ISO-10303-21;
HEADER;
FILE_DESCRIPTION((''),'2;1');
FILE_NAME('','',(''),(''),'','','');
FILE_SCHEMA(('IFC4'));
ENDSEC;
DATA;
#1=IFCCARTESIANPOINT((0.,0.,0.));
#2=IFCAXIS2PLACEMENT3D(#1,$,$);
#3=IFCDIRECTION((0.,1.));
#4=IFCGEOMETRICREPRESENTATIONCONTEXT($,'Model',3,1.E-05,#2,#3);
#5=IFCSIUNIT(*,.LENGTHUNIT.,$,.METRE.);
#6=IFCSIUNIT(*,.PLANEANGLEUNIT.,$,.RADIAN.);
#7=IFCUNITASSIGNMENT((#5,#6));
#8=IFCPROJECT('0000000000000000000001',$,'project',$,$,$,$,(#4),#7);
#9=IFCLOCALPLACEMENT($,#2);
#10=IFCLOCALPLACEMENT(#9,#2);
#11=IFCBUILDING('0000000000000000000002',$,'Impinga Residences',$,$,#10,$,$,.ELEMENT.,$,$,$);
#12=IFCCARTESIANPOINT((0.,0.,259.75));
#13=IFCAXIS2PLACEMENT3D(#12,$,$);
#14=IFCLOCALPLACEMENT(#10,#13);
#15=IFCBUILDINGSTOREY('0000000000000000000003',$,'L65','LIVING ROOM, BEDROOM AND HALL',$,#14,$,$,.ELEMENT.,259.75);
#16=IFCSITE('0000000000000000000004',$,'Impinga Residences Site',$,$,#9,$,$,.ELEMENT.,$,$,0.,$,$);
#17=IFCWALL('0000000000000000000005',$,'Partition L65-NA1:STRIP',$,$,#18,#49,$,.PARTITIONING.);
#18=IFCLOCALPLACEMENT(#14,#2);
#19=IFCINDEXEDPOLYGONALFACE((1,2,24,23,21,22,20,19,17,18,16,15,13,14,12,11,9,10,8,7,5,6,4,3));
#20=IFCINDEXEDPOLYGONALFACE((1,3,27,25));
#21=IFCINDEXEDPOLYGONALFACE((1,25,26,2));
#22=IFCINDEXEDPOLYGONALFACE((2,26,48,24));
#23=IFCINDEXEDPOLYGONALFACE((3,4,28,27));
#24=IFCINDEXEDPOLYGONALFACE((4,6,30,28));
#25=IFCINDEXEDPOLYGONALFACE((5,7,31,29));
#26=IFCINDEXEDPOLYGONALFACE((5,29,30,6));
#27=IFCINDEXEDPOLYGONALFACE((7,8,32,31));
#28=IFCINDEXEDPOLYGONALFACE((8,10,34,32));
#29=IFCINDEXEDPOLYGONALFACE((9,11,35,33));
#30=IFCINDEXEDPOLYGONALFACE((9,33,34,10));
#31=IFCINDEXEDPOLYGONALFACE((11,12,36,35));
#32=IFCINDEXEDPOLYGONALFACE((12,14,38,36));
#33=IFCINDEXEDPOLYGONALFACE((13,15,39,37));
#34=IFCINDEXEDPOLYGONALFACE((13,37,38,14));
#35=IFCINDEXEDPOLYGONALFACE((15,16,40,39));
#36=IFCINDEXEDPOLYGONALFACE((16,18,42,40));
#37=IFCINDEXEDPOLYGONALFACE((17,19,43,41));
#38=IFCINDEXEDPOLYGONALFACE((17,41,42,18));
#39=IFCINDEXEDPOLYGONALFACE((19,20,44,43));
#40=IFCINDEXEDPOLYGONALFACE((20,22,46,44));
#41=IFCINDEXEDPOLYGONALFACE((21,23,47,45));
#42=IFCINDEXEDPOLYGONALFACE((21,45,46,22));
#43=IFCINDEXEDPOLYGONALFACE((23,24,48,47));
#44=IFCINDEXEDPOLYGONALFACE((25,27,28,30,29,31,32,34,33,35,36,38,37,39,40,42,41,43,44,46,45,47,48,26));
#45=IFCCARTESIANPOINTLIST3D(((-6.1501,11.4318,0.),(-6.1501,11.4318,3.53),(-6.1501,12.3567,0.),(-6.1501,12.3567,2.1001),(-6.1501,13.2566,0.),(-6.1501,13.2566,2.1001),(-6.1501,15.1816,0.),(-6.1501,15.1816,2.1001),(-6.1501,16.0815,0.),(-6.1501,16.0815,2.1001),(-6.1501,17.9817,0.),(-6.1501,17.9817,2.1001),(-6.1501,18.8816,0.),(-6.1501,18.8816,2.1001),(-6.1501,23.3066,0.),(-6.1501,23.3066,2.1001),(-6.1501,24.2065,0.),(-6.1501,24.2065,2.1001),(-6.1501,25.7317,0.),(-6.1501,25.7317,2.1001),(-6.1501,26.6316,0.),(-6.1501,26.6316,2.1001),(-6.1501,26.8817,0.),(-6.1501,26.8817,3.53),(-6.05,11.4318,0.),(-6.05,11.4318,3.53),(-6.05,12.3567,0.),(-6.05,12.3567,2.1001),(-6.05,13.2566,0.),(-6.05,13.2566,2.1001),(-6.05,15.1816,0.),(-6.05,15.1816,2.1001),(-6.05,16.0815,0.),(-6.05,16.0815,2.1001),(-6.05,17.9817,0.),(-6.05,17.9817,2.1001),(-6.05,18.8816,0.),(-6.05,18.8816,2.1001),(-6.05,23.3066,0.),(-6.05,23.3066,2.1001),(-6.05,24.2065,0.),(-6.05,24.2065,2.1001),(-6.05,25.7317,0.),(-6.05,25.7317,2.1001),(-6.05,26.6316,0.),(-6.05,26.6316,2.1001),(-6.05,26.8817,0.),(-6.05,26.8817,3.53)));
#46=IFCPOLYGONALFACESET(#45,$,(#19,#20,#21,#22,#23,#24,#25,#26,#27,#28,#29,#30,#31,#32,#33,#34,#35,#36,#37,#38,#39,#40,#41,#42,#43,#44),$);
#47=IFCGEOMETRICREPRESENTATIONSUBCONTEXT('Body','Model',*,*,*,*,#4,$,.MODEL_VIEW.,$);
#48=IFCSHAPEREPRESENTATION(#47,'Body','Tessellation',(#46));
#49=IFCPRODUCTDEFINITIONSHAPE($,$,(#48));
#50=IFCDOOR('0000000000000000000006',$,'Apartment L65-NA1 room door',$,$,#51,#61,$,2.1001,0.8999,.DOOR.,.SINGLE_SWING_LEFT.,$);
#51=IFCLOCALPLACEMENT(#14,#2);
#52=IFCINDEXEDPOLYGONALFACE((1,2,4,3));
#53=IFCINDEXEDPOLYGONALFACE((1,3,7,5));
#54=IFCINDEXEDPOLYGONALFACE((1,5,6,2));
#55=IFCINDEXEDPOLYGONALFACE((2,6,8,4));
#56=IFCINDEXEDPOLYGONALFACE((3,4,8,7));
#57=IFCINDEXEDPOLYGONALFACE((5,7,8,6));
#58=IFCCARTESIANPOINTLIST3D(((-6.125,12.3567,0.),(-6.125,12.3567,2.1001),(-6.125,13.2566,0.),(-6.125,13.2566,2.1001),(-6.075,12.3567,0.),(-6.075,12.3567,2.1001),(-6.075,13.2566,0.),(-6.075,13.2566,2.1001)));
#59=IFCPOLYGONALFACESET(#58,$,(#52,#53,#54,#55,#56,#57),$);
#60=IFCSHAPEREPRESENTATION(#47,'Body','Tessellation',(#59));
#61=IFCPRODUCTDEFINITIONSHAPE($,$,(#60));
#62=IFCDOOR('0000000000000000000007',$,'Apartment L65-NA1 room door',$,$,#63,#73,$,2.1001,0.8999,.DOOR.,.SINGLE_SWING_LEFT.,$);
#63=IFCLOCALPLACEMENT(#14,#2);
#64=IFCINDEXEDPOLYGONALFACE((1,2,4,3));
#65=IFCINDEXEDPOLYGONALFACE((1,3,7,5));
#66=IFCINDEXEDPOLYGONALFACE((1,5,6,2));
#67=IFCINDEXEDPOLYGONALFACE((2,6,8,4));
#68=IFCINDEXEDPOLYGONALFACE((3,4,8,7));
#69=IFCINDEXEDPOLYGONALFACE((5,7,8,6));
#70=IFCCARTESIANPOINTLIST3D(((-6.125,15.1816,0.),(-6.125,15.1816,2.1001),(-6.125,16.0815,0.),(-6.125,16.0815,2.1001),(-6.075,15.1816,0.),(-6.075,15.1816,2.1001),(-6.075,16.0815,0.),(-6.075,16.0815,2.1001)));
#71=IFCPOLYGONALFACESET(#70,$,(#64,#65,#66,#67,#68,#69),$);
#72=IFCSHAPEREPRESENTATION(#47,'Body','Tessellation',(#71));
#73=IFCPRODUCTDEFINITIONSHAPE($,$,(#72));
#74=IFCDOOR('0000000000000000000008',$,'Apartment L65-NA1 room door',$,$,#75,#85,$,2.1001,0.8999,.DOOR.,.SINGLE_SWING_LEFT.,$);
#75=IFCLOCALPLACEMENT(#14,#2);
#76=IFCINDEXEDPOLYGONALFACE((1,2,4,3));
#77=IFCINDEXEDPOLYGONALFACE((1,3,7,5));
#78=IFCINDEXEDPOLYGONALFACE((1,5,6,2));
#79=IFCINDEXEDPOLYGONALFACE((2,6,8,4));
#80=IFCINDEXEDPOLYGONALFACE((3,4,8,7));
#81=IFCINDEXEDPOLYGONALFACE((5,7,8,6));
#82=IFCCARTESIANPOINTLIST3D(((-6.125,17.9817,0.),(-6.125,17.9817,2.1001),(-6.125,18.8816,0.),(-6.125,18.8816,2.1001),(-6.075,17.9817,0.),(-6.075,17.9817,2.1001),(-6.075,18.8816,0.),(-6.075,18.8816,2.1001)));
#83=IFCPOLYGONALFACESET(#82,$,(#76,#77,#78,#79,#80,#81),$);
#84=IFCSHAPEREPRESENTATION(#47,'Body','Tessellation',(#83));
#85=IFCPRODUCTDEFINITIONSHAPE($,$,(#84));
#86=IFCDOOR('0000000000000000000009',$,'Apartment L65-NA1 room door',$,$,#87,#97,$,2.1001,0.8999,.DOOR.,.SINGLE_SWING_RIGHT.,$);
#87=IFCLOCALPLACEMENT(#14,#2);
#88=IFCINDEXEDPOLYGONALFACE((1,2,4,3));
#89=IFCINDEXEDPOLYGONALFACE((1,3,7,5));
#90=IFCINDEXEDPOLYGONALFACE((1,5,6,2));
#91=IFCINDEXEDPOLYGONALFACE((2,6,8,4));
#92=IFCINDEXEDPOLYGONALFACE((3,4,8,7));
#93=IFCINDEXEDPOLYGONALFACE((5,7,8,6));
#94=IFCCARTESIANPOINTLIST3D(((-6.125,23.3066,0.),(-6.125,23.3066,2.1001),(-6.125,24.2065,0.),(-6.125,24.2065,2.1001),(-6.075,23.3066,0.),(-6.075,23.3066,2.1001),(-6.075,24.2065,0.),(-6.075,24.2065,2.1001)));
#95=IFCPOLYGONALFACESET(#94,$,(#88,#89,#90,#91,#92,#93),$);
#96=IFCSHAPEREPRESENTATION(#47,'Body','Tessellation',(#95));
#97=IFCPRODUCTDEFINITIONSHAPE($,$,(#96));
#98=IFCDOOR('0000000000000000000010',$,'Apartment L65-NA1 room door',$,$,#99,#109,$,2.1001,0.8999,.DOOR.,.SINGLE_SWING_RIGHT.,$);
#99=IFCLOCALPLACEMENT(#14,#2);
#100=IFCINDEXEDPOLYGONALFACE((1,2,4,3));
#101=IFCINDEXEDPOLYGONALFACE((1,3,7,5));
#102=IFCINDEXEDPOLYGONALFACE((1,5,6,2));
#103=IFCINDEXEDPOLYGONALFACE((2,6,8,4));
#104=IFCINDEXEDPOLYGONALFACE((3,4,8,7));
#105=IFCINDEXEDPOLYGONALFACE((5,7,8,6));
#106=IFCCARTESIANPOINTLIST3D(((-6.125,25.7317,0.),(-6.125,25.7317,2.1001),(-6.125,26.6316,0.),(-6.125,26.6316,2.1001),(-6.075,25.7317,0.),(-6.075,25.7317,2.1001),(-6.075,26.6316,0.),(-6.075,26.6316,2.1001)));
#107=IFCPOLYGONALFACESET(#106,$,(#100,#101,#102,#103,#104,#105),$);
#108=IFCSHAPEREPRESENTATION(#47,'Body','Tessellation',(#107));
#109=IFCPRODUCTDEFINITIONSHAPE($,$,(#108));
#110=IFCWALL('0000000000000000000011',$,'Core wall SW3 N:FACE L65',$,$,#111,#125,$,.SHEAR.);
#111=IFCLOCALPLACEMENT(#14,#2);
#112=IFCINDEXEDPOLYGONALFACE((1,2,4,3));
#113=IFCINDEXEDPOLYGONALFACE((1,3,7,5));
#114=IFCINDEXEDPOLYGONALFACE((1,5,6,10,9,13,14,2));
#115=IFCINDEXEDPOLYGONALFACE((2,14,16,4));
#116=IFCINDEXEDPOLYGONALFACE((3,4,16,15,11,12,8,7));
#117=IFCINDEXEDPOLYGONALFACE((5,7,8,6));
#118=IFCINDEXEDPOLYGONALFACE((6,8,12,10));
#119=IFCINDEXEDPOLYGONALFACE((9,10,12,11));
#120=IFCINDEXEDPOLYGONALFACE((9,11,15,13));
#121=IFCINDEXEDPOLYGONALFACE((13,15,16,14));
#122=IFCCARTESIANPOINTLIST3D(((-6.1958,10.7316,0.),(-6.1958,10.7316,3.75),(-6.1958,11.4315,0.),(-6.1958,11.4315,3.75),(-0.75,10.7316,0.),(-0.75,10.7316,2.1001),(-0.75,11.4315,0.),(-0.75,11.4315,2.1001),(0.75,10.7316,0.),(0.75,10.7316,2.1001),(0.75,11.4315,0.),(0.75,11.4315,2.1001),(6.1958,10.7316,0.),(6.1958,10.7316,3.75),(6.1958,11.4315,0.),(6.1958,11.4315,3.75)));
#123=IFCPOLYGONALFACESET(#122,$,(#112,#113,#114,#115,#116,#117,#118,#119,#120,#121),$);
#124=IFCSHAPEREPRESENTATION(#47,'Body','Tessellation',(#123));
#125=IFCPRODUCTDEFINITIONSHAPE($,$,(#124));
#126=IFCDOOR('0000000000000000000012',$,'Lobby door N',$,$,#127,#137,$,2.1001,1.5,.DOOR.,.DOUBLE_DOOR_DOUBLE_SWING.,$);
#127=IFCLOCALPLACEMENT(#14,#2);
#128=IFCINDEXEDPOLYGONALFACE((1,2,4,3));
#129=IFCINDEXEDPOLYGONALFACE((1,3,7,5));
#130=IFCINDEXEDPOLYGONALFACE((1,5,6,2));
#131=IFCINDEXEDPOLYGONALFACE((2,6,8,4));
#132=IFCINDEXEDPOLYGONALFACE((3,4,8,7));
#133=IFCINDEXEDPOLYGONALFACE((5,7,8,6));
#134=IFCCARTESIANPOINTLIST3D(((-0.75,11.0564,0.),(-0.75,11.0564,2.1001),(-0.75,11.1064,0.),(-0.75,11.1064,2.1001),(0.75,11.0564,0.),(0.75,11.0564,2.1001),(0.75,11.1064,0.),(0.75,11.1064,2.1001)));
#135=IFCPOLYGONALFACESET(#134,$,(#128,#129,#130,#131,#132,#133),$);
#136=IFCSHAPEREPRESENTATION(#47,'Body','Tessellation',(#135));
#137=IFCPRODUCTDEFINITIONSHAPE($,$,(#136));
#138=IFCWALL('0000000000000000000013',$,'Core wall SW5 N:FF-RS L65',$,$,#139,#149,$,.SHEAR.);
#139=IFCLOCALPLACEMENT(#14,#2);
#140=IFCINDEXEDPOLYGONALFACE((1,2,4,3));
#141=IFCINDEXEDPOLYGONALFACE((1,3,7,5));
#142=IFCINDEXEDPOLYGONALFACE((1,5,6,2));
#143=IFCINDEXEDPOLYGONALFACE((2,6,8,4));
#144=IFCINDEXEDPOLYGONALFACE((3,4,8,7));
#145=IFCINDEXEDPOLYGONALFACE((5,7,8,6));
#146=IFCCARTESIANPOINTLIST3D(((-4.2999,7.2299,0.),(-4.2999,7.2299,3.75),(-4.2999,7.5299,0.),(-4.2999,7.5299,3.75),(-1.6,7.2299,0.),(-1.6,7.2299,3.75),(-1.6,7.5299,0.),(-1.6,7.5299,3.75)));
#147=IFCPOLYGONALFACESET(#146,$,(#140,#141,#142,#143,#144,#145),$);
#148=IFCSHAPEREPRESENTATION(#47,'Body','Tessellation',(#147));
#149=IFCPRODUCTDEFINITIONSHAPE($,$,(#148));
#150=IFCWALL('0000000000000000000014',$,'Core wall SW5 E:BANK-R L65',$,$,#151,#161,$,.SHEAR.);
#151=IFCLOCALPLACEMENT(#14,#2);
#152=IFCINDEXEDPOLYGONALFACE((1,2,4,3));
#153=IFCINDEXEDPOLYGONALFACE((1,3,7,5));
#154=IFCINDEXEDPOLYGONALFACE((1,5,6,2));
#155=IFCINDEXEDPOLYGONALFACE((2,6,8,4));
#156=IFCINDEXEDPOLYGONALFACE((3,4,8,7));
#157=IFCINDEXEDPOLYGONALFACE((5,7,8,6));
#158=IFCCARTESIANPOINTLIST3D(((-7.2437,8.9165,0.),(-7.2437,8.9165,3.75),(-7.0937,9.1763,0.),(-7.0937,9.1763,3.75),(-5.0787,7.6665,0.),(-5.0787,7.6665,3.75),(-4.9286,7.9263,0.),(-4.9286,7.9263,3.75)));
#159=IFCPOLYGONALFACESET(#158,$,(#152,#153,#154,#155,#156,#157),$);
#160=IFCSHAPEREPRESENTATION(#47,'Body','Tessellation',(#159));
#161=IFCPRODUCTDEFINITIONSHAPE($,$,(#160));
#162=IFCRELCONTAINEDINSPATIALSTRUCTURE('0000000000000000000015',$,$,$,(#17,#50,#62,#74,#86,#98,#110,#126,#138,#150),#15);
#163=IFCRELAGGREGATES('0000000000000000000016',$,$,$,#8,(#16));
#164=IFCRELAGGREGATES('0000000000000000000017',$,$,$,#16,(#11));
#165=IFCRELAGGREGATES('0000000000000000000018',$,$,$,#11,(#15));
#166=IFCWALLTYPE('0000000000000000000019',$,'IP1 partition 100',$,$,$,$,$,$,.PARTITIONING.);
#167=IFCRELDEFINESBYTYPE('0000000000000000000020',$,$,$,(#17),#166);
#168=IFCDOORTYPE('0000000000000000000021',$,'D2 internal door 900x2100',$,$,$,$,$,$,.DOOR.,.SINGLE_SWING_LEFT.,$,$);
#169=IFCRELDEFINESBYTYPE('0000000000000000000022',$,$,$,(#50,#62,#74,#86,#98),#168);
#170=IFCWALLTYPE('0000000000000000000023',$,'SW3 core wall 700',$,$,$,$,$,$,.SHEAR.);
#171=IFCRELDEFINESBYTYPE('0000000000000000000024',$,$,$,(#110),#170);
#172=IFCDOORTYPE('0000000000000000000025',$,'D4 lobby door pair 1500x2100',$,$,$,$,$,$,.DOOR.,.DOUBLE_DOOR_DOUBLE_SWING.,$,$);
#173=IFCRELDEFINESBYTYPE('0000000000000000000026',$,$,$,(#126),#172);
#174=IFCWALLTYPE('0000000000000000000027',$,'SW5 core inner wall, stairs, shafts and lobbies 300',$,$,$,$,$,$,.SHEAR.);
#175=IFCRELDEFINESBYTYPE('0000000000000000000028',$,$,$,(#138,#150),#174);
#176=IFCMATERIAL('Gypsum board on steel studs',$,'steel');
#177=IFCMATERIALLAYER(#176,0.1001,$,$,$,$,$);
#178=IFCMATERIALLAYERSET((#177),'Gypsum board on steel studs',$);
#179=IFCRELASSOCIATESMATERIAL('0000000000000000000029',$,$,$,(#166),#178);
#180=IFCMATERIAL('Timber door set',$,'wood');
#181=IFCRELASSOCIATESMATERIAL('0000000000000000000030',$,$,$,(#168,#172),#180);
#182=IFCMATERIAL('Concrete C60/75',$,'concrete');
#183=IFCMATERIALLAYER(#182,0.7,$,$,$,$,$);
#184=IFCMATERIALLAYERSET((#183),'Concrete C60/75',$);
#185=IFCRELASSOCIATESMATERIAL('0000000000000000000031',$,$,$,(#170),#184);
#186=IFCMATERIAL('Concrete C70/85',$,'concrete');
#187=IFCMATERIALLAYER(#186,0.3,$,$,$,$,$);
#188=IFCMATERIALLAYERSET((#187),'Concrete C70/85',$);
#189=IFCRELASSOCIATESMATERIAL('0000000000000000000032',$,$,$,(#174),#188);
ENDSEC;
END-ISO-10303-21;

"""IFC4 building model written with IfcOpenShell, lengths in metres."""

from ifc_helpers import new_model, si_unit, direction, frame, frame_2d, origin, place, context, subcontext, project, spatial, rectangle, extrude, material, layer, layer_set, type_object, element, fill, save


model = new_model("IFC4")

# Units and contexts
model_context = context("Model", 3, precision=1e-05, world=origin(), true_north=direction((0.0, 1.0)))
body_context = subcontext(model_context, "Body", "Model", "MODEL_VIEW")
ifc_project = project(units=[si_unit("LENGTHUNIT", "METRE"), si_unit("PLANEANGLEUNIT", "RADIAN")], contexts=[model_context])

# Site, building, storey
site_placement = place(None, origin())
site = spatial("IfcSite", under=ifc_project, at=site_placement, Name="Impinga Residences Site", CompositionType="ELEMENT", RefElevation=0.0)
building_placement = place(site_placement, origin())
building = spatial("IfcBuilding", under=site, at=building_placement, Name="Impinga Residences", CompositionType="ELEMENT")
storey_placement = place(building_placement, frame((0.0, 0.0, 259.75)))
storey = spatial("IfcBuildingStorey", under=building, at=storey_placement, Name="L65", Description="LIVING ROOM, BEDROOM AND HALL", CompositionType="ELEMENT", Elevation=259.75)

# Shared definitions
ifc_material_1 = material(Name="Concrete C60/75", Category="concrete")

# Shared definitions
ifc_material_2 = material(Name="Timber door set", Category="wood")

# Wall, openings, doors
ifc_material_3 = material(Name="Gypsum board on steel studs", Category="steel")
ifc_layer_1 = layer(ifc_material_3, 0.1001)
ifc_layer_set_1 = layer_set([ifc_layer_1], Name="Gypsum board on steel studs")
wall_type_1 = type_object("IfcWallType", Name="IP1 partition 100", PredefinedType="PARTITIONING", material=ifc_layer_set_1)
wall_1_placement = place(storey_placement, frame((-6.1001, 11.4316, 0.0), z_axis=(0.0, 0.0, 1.0), x_axis=(0.0, 1.0, 0.0)))
wall_1 = element("IfcWall", 1, at=wall_1_placement, inside=storey, type_object=wall_type_1, Name="Partition L65-NA1:STRIP", PredefinedType="PARTITIONING", context=body_context, shape_type="SweptSolid", body=[
    extrude(rectangle(XDim=15.45, YDim=0.1001, at=frame_2d((7.7251, 0.0))), origin(), (0.0, 0.0, 1.0), 3.53),
])
opening_1_placement = place(wall_1_placement, frame((0.925, 0.0, 0.0)))
opening_1 = element("IfcOpeningElement", 2, at=opening_1_placement, cuts=wall_1, PredefinedType="OPENING", context=body_context, shape_type="SweptSolid", body=[
    extrude(rectangle(XDim=0.8999, YDim=2.1001, at=frame_2d((0.45, 1.05))), frame((0.0, 0.0601, 0.0), z_axis=(0.0, -1.0, 0.0), x_axis=(1.0, 0.0, 0.0)), (0.0, 0.0, 1.0), 0.1201),
])
opening_2_placement = place(wall_1_placement, frame((3.75, 0.0, 0.0)))
opening_2 = element("IfcOpeningElement", 3, at=opening_2_placement, cuts=wall_1, PredefinedType="OPENING", context=body_context, shape_type="SweptSolid", body=[
    extrude(rectangle(XDim=0.8999, YDim=2.1001, at=frame_2d((0.45, 1.05))), frame((0.0, 0.0601, 0.0), z_axis=(0.0, -1.0, 0.0), x_axis=(1.0, 0.0, 0.0)), (0.0, 0.0, 1.0), 0.1201),
])
opening_3_placement = place(wall_1_placement, frame((6.55, 0.0, 0.0)))
opening_3 = element("IfcOpeningElement", 4, at=opening_3_placement, cuts=wall_1, PredefinedType="OPENING", context=body_context, shape_type="SweptSolid", body=[
    extrude(rectangle(XDim=0.8999, YDim=2.1001, at=frame_2d((0.45, 1.05))), frame((0.0, 0.0601, 0.0), z_axis=(0.0, -1.0, 0.0), x_axis=(1.0, 0.0, 0.0)), (0.0, 0.0, 1.0), 0.1201),
])
opening_4_placement = place(wall_1_placement, frame((11.875, 0.0, 0.0)))
opening_4 = element("IfcOpeningElement", 5, at=opening_4_placement, cuts=wall_1, PredefinedType="OPENING", context=body_context, shape_type="SweptSolid", body=[
    extrude(rectangle(XDim=0.8999, YDim=2.1001, at=frame_2d((0.45, 1.05))), frame((0.0, 0.0601, 0.0), z_axis=(0.0, -1.0, 0.0), x_axis=(1.0, 0.0, 0.0)), (0.0, 0.0, 1.0), 0.1201),
])
opening_5_placement = place(wall_1_placement, frame((14.3, 0.0, 0.0)))
opening_5 = element("IfcOpeningElement", 6, at=opening_5_placement, cuts=wall_1, PredefinedType="OPENING", context=body_context, shape_type="SweptSolid", body=[
    extrude(rectangle(XDim=0.8999, YDim=2.1001, at=frame_2d((0.45, 1.05))), frame((0.0, 0.0601, 0.0), z_axis=(0.0, -1.0, 0.0), x_axis=(1.0, 0.0, 0.0)), (0.0, 0.0, 1.0), 0.1201),
])
door_type_1 = type_object("IfcDoorType", Name="D2 internal door 900x2100", OperationType="SINGLE_SWING_LEFT", PredefinedType="DOOR", material=ifc_material_2)
door_1_placement = place(opening_1_placement, origin())
door_1 = element("IfcDoor", 7, at=door_1_placement, inside=storey, type_object=door_type_1, Name="Apartment L65-NA1 room door", OperationType="SINGLE_SWING_LEFT", OverallHeight=2.1001, OverallWidth=0.8999, PredefinedType="DOOR", context=body_context, shape_type="SweptSolid", body=[
    extrude(rectangle(XDim=0.8999, YDim=2.1001, at=frame_2d((0.45, 1.05))), frame((0.0, 0.0249, 0.0), z_axis=(0.0, -1.0, 0.0), x_axis=(1.0, 0.0, 0.0)), (0.0, 0.0, 1.0), 0.05),
])
fill(opening_1, door_1)
door_2_placement = place(opening_2_placement, origin())
door_2 = element("IfcDoor", 8, at=door_2_placement, inside=storey, type_object=door_type_1, Name="Apartment L65-NA1 room door", OperationType="SINGLE_SWING_LEFT", OverallHeight=2.1001, OverallWidth=0.8999, PredefinedType="DOOR", context=body_context, shape_type="SweptSolid", body=[
    extrude(rectangle(XDim=0.8999, YDim=2.1001, at=frame_2d((0.45, 1.05))), frame((0.0, 0.0249, 0.0), z_axis=(0.0, -1.0, 0.0), x_axis=(1.0, 0.0, 0.0)), (0.0, 0.0, 1.0), 0.05),
])
fill(opening_2, door_2)
door_3_placement = place(opening_3_placement, origin())
door_3 = element("IfcDoor", 9, at=door_3_placement, inside=storey, type_object=door_type_1, Name="Apartment L65-NA1 room door", OperationType="SINGLE_SWING_LEFT", OverallHeight=2.1001, OverallWidth=0.8999, PredefinedType="DOOR", context=body_context, shape_type="SweptSolid", body=[
    extrude(rectangle(XDim=0.8999, YDim=2.1001, at=frame_2d((0.45, 1.05))), frame((0.0, 0.0249, 0.0), z_axis=(0.0, -1.0, 0.0), x_axis=(1.0, 0.0, 0.0)), (0.0, 0.0, 1.0), 0.05),
])
fill(opening_3, door_3)
door_4_placement = place(opening_4_placement, origin())
door_4 = element("IfcDoor", 10, at=door_4_placement, inside=storey, type_object=door_type_1, Name="Apartment L65-NA1 room door", OperationType="SINGLE_SWING_RIGHT", OverallHeight=2.1001, OverallWidth=0.8999, PredefinedType="DOOR", context=body_context, shape_type="SweptSolid", body=[
    extrude(rectangle(XDim=0.8999, YDim=2.1001, at=frame_2d((0.45, 1.05))), frame((0.0, 0.0249, 0.0), z_axis=(0.0, -1.0, 0.0), x_axis=(1.0, 0.0, 0.0)), (0.0, 0.0, 1.0), 0.05),
])
fill(opening_4, door_4)
door_5_placement = place(opening_5_placement, origin())
door_5 = element("IfcDoor", 11, at=door_5_placement, inside=storey, type_object=door_type_1, Name="Apartment L65-NA1 room door", OperationType="SINGLE_SWING_RIGHT", OverallHeight=2.1001, OverallWidth=0.8999, PredefinedType="DOOR", context=body_context, shape_type="SweptSolid", body=[
    extrude(rectangle(XDim=0.8999, YDim=2.1001, at=frame_2d((0.45, 1.05))), frame((0.0, 0.0249, 0.0), z_axis=(0.0, -1.0, 0.0), x_axis=(1.0, 0.0, 0.0)), (0.0, 0.0, 1.0), 0.05),
])
fill(opening_5, door_5)

# Wall, opening, door
ifc_layer_2 = layer(ifc_material_1, 0.7)
ifc_layer_set_2 = layer_set([ifc_layer_2], Name="Concrete C60/75")
wall_type_2 = type_object("IfcWallType", Name="SW3 core wall 700", PredefinedType="SHEAR", material=ifc_layer_set_2)
wall_2_placement = place(storey_placement, frame((-6.1958, 11.0815, 0.0), z_axis=(0.0, 0.0, 1.0), x_axis=(1.0, 0.0, 0.0)))
wall_2 = element("IfcWall", 12, at=wall_2_placement, inside=storey, type_object=wall_type_2, Name="Core wall SW3 N:FACE L65", PredefinedType="SHEAR", context=body_context, shape_type="SweptSolid", body=[
    extrude(rectangle(XDim=12.3916, YDim=0.7, at=frame_2d((6.1958, 0.0))), origin(), (0.0, 0.0, 1.0), 3.75),
])
opening_6_placement = place(wall_2_placement, frame((5.4458, 0.0, 0.0)))
opening_6 = element("IfcOpeningElement", 13, at=opening_6_placement, cuts=wall_2, PredefinedType="OPENING", context=body_context, shape_type="SweptSolid", body=[
    extrude(rectangle(XDim=1.5, YDim=2.1001, at=frame_2d((0.75, 1.05))), frame((0.0, 0.3599, 0.0), z_axis=(0.0, -1.0, 0.0), x_axis=(1.0, 0.0, 0.0)), (0.0, 0.0, 1.0), 0.72),
])
door_type_2 = type_object("IfcDoorType", Name="D4 lobby door pair 1500x2100", OperationType="DOUBLE_DOOR_DOUBLE_SWING", PredefinedType="DOOR", material=ifc_material_2)
door_6_placement = place(opening_6_placement, origin())
door_6 = element("IfcDoor", 14, at=door_6_placement, inside=storey, type_object=door_type_2, Name="Lobby door N", OperationType="DOUBLE_DOOR_DOUBLE_SWING", OverallHeight=2.1001, OverallWidth=1.5, PredefinedType="DOOR", context=body_context, shape_type="SweptSolid", body=[
    extrude(rectangle(XDim=1.5, YDim=2.1001, at=frame_2d((0.75, 1.05))), frame((0.0, 0.0249, 0.0), z_axis=(0.0, -1.0, 0.0), x_axis=(1.0, 0.0, 0.0)), (0.0, 0.0, 1.0), 0.05),
])
fill(opening_6, door_6)

# Walls
ifc_material_4 = material(Name="Concrete C70/85", Category="concrete")
ifc_layer_3 = layer(ifc_material_4, 0.3)
ifc_layer_set_3 = layer_set([ifc_layer_3], Name="Concrete C70/85")
wall_type_3 = type_object("IfcWallType", Name="SW5 core inner wall, stairs, shafts and lobbies 300", PredefinedType="SHEAR", material=ifc_layer_set_3)
wall_3_placement = place(storey_placement, frame((-4.3, 7.3799, 0.0), z_axis=(0.0, 0.0, 1.0), x_axis=(1.0, 0.0, 0.0)))
element("IfcWall", 15, at=wall_3_placement, inside=storey, type_object=wall_type_3, Name="Core wall SW5 N:FF-RS L65", PredefinedType="SHEAR", context=body_context, shape_type="SweptSolid", body=[
    extrude(rectangle(XDim=2.7, YDim=0.3, at=frame_2d((1.3501, 0.0))), origin(), (0.0, 0.0, 1.0), 3.75),
])
wall_4_placement = place(storey_placement, frame((-5.0037, 7.7964, 0.0), z_axis=(0.0, 0.0, 1.0), x_axis=(-0.866023, 0.500004, 0.0)))
element("IfcWall", 16, at=wall_4_placement, inside=storey, type_object=wall_type_3, Name="Core wall SW5 E:BANK-R L65", PredefinedType="SHEAR", context=body_context, shape_type="SweptSolid", body=[
    extrude(rectangle(XDim=2.5, YDim=0.3, at=frame_2d((1.25, 0.0))), origin(), (0.0, 0.0, 1.0), 3.75),
])

save(model, "model.ifc")
